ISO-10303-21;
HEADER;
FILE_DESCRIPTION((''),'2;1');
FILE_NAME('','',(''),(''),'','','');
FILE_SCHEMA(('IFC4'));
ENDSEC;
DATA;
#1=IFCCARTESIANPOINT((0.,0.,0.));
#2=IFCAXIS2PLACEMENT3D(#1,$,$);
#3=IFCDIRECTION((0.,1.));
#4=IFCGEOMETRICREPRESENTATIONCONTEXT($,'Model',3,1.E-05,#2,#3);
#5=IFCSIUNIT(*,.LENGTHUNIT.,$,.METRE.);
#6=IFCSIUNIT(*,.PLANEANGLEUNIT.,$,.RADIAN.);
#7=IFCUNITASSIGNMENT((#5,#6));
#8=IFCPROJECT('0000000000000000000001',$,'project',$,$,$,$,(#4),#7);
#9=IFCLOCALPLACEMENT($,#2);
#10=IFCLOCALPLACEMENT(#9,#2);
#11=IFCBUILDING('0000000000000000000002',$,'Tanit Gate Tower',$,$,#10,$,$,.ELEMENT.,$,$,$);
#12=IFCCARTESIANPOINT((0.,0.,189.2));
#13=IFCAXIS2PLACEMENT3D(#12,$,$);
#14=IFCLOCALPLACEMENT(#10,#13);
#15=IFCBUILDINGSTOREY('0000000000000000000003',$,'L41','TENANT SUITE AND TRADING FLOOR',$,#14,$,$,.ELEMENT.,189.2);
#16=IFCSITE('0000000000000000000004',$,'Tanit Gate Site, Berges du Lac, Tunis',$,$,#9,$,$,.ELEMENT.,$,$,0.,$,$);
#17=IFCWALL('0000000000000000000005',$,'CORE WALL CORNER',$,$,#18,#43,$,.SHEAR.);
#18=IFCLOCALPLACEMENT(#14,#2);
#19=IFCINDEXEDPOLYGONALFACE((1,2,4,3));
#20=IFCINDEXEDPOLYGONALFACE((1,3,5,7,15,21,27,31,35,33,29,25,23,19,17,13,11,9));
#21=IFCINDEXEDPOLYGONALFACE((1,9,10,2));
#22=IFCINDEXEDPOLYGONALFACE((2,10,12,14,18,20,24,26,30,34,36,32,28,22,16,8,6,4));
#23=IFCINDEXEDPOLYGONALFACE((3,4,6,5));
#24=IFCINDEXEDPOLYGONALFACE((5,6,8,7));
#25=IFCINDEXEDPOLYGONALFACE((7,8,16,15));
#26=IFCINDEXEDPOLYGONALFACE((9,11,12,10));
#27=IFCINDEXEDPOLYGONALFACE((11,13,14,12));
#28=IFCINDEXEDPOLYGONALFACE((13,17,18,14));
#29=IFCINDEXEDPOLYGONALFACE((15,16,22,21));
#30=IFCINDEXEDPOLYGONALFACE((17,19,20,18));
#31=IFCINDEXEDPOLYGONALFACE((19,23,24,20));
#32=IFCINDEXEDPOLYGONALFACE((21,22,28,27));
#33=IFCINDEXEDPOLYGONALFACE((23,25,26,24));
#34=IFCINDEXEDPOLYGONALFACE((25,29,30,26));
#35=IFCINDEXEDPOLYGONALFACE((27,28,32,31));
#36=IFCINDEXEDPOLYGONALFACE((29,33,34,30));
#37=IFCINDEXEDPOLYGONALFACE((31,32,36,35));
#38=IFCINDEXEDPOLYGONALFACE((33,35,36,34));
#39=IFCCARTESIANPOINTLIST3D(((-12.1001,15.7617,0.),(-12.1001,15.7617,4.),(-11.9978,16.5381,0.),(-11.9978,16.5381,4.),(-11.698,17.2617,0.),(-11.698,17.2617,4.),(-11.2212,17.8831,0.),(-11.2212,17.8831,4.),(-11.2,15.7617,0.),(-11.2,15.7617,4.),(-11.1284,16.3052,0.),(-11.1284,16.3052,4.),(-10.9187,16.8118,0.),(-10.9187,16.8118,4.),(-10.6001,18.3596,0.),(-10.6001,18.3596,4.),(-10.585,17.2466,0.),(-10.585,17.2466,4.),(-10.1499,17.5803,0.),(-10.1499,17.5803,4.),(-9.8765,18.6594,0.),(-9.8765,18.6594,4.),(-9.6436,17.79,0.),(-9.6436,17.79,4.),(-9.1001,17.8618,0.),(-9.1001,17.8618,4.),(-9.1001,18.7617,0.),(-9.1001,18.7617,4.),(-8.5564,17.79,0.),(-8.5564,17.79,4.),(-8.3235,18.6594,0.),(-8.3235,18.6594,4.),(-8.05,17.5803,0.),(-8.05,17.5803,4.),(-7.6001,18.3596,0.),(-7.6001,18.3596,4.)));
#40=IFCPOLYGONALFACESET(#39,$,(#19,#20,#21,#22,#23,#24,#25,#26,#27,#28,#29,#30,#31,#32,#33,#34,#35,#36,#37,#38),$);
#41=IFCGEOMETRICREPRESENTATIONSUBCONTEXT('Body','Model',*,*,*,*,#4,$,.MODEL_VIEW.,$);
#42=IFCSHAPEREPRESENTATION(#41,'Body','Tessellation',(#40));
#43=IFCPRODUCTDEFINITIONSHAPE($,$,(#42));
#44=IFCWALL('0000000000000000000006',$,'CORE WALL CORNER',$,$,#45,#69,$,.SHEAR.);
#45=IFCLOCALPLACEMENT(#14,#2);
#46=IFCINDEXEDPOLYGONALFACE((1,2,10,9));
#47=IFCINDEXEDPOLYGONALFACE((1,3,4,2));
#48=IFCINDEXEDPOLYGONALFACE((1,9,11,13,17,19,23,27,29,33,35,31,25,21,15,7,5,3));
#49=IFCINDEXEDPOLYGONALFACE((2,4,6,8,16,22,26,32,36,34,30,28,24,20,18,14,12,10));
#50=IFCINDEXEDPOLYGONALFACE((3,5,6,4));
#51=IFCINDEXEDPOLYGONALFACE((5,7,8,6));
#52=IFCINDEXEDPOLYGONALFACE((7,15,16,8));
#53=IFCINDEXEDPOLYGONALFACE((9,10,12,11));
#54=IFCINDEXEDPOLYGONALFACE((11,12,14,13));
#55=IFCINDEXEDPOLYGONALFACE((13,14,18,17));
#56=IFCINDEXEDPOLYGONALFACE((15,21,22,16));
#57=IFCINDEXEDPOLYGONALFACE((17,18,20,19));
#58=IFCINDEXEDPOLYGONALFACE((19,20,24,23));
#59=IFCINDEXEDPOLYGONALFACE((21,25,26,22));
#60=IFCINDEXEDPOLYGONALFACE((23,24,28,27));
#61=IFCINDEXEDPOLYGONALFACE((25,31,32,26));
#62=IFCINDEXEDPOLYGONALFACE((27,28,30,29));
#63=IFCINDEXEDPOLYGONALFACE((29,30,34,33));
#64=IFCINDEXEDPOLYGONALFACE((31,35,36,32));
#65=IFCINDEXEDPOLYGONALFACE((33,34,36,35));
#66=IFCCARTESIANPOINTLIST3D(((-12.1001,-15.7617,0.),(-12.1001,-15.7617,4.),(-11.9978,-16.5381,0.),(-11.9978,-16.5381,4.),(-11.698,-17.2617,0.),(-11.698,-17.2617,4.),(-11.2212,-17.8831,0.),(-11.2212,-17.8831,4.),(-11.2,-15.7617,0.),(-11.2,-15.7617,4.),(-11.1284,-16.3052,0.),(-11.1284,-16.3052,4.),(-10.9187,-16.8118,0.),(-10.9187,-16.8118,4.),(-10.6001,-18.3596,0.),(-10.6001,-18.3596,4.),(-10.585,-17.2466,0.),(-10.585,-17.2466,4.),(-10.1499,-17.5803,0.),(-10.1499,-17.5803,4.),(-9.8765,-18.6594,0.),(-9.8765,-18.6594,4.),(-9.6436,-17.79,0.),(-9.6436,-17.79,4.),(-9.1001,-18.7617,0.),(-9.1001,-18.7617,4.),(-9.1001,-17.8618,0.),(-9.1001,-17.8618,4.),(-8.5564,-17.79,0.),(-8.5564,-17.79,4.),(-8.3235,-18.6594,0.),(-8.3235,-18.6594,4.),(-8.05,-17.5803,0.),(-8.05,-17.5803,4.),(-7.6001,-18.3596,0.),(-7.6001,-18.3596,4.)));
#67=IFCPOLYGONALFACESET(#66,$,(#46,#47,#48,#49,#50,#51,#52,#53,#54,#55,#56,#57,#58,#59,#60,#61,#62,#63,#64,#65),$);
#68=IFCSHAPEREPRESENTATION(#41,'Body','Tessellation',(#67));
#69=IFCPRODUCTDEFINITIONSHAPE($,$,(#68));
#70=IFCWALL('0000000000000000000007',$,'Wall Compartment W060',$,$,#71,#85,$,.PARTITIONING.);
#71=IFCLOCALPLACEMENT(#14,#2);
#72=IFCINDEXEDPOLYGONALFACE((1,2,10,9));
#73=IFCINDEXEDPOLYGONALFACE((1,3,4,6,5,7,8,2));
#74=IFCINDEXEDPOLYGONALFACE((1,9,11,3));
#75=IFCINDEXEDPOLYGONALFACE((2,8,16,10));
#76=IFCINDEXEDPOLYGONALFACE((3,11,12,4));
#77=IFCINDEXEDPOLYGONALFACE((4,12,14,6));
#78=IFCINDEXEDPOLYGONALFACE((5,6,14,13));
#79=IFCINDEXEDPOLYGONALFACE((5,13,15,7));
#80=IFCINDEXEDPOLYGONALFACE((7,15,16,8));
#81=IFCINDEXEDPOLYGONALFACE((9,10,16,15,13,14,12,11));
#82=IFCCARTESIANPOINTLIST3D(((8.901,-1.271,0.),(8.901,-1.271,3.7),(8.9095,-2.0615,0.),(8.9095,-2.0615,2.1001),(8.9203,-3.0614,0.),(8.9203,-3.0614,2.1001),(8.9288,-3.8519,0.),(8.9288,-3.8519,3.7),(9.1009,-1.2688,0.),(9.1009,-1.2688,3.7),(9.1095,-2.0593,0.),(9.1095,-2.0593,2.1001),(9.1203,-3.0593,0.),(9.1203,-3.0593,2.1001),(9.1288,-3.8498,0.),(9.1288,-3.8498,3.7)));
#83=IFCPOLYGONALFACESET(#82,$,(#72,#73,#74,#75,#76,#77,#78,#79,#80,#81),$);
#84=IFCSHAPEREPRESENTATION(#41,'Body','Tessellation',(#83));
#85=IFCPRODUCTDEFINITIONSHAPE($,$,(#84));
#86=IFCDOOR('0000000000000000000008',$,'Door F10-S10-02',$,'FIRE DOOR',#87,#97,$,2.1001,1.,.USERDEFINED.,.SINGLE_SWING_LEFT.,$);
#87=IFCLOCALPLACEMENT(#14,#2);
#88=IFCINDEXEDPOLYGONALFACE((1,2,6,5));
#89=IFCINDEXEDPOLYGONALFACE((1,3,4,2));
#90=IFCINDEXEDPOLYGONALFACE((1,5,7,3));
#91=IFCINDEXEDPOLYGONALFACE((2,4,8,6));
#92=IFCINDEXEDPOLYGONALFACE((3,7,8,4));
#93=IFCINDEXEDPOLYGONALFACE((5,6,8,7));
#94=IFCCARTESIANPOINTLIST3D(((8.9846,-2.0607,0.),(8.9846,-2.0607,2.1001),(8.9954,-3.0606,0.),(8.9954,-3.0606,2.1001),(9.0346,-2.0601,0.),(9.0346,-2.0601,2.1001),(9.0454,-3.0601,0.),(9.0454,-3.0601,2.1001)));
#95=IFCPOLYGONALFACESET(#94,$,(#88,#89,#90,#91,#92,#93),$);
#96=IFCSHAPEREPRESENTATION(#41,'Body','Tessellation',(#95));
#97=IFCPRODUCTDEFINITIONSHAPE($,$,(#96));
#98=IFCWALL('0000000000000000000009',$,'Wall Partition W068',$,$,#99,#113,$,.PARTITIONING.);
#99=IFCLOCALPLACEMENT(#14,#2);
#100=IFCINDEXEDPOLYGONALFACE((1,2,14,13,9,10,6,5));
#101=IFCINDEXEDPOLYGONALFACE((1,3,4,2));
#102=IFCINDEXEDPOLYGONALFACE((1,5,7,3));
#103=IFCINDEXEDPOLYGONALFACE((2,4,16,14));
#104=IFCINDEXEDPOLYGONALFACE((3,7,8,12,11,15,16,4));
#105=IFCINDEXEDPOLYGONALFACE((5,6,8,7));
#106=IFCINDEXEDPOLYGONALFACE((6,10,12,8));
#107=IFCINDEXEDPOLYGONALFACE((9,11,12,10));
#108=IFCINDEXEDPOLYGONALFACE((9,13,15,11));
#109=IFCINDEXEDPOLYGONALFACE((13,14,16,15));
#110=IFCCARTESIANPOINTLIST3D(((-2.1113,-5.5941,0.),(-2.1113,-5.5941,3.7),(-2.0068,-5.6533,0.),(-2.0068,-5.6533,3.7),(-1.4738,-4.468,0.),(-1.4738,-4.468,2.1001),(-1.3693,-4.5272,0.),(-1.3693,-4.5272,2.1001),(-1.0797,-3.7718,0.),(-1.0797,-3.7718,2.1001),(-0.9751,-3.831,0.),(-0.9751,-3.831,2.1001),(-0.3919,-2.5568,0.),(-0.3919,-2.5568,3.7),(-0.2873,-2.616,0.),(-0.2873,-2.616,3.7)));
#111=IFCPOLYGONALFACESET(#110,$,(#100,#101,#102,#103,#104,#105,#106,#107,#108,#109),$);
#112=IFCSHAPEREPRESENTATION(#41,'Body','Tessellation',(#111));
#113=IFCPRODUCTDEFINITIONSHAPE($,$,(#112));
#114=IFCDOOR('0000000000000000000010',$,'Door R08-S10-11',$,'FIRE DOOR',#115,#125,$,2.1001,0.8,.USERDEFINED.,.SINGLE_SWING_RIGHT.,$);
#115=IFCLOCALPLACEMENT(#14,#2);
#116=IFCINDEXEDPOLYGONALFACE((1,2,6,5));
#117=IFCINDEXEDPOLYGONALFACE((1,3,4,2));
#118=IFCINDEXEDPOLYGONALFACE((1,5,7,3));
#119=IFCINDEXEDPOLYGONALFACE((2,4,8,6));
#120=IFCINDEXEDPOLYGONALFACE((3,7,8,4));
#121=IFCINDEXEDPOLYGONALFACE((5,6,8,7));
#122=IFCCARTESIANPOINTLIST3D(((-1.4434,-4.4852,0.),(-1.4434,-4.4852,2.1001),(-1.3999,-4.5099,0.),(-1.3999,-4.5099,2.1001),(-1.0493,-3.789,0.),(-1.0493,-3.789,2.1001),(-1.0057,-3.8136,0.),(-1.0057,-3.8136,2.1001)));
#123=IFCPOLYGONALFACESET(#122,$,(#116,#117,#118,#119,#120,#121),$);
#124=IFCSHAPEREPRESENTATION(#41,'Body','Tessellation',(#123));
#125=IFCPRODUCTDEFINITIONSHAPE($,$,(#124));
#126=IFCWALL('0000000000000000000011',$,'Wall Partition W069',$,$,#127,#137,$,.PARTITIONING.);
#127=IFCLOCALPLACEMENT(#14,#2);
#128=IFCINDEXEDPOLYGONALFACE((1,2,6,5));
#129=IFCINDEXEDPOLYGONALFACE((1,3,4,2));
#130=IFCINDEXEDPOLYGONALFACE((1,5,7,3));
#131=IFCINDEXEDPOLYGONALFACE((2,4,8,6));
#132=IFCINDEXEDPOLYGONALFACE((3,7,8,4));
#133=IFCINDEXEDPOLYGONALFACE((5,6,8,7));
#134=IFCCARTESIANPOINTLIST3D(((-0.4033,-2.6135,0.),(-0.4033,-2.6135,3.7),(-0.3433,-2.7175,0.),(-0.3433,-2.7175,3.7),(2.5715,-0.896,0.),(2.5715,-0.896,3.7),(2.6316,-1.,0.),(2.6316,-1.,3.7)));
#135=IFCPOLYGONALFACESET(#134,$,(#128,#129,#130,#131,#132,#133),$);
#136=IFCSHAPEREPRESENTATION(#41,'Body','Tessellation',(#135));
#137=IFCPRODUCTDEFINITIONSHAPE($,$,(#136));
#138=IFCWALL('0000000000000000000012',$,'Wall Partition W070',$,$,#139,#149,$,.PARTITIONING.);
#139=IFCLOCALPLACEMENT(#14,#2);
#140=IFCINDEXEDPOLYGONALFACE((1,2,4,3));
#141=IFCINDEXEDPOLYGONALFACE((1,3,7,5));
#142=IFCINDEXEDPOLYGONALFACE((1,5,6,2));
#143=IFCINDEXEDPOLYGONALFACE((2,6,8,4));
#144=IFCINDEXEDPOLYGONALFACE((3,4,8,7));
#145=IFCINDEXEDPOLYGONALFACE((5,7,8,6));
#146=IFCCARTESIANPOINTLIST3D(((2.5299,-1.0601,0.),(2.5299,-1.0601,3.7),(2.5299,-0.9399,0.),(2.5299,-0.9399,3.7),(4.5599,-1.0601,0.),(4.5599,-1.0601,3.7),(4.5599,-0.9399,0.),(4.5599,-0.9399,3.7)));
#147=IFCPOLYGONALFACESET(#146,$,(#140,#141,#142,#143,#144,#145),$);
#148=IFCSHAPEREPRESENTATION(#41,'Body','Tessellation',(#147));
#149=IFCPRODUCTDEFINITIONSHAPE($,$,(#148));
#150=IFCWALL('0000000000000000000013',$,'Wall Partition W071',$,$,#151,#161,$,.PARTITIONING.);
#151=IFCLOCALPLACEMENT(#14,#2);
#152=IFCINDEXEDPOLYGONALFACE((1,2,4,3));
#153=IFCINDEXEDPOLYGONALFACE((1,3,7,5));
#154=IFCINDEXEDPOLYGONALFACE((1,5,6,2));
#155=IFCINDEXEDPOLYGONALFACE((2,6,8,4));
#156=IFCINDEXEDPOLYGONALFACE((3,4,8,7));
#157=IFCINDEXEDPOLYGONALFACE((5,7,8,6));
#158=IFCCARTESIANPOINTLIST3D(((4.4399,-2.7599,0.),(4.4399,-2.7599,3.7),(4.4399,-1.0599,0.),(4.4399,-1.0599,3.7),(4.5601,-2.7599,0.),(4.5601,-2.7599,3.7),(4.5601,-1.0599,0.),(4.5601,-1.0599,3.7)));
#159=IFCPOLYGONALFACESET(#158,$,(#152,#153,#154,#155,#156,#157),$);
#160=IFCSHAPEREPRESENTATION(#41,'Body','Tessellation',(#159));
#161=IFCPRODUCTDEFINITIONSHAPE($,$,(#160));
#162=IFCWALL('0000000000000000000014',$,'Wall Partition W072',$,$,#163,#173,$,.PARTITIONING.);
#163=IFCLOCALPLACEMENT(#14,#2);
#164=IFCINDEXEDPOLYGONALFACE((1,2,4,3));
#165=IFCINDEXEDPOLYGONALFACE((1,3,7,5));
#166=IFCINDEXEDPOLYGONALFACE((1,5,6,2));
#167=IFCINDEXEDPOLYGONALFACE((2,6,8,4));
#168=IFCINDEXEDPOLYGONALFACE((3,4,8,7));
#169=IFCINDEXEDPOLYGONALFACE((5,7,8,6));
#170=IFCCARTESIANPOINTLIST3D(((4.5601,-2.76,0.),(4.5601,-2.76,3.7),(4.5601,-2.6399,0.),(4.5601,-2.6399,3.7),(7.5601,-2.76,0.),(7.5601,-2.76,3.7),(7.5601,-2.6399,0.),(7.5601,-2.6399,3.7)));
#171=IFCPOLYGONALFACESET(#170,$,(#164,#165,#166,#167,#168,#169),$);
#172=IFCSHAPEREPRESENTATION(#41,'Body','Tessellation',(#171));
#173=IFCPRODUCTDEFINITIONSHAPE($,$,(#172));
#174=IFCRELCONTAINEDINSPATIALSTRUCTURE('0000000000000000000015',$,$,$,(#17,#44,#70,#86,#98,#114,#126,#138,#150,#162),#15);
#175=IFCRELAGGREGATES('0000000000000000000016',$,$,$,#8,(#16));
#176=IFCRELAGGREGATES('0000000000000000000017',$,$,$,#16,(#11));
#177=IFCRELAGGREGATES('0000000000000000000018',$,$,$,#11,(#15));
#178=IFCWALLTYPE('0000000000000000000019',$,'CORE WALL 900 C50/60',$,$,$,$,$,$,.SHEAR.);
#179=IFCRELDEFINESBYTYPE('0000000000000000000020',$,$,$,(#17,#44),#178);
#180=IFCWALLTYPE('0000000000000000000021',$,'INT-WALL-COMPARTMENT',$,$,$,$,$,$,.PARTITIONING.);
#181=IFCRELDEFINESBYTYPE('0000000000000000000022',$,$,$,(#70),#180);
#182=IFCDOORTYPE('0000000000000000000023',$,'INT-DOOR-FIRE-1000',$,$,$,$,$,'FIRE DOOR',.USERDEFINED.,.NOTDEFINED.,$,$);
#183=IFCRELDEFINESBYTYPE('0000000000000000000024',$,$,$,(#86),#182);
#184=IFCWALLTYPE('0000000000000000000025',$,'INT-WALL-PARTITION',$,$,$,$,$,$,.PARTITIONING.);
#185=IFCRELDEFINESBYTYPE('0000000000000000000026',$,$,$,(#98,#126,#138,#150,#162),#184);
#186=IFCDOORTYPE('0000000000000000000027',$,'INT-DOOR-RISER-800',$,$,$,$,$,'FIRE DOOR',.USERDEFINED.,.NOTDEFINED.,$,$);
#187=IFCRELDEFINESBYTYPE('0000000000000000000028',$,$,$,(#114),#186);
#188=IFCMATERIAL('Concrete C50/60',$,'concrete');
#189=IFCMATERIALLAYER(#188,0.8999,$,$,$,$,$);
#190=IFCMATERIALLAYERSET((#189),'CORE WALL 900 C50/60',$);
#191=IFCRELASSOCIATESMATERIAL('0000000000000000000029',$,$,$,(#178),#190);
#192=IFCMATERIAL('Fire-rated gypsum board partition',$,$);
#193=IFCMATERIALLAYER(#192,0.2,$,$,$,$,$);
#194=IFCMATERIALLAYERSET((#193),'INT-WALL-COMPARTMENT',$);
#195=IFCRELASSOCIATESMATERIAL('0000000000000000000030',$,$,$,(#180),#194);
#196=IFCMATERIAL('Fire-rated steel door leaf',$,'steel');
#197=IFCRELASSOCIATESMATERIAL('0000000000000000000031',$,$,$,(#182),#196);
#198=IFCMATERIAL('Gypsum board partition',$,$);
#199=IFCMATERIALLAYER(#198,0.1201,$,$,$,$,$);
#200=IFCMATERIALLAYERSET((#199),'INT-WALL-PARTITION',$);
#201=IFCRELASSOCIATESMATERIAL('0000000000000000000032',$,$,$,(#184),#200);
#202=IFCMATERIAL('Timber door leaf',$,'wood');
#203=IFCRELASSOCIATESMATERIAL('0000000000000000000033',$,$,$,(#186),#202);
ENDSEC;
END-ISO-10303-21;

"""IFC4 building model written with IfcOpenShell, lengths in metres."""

from ifc_helpers import new_model, si_unit, direction, frame, frame_2d, origin, place, context, subcontext, project, spatial, polyline, rectangle, outline, extrude, material, layer, layer_set, type_object, element, fill, save


model = new_model("IFC4")

# Units and contexts
model_context = context("Model", 3, precision=1e-05, world=origin(), true_north=direction((0.0, 1.0)))
body_context = subcontext(model_context, "Body", "Model", "MODEL_VIEW")
ifc_project = project(units=[si_unit("LENGTHUNIT", "METRE"), si_unit("PLANEANGLEUNIT", "RADIAN")], contexts=[model_context])

# Site, building, storey
site_placement = place(None, origin())
site = spatial("IfcSite", under=ifc_project, at=site_placement, Name="Tanit Gate Site, Berges du Lac, Tunis", CompositionType="ELEMENT", RefElevation=0.0)
building_placement = place(site_placement, origin())
building = spatial("IfcBuilding", under=site, at=building_placement, Name="Tanit Gate Tower", CompositionType="ELEMENT")
storey_placement = place(building_placement, frame((0.0, 0.0, 189.2)))
storey = spatial("IfcBuildingStorey", under=building, at=storey_placement, Name="L41", Description="TENANT SUITE AND TRADING FLOOR", CompositionType="ELEMENT", Elevation=189.2)

# Walls
ifc_material_1 = material(Name="Concrete C50/60", Category="concrete")
ifc_layer_1 = layer(ifc_material_1, 0.8999)
ifc_layer_set_1 = layer_set([ifc_layer_1], Name="CORE WALL 900 C50/60")
wall_type_1 = type_object("IfcWallType", Name="CORE WALL 900 C50/60", PredefinedType="SHEAR", material=ifc_layer_set_1)
wall_1_placement = place(storey_placement, origin())
element("IfcWall", 1, at=wall_1_placement, inside=storey, type_object=wall_type_1, Name="CORE WALL CORNER", PredefinedType="SHEAR", context=body_context, shape_type="SweptSolid", body=[
    extrude(outline(polyline([(-7.6001, 18.3596), (-8.3235, 18.6594), (-9.1001, 18.7617), (-9.8765, 18.6594), (-10.6001, 18.3596), (-11.2212, 17.8831), (-11.698, 17.2617), (-11.9978, 16.5381), (-12.1001, 15.7617), (-11.2, 15.7617), (-11.1284, 16.3052), (-10.9187, 16.8118), (-10.585, 17.2466), (-10.1499, 17.5803), (-9.6436, 17.79), (-9.1001, 17.8618), (-8.5564, 17.79), (-8.05, 17.5803), (-7.6001, 18.3596)])), origin(), (0.0, 0.0, 1.0), 4.0),
])
wall_2_placement = place(storey_placement, origin())
element("IfcWall", 2, at=wall_2_placement, inside=storey, type_object=wall_type_1, Name="CORE WALL CORNER", PredefinedType="SHEAR", context=body_context, shape_type="SweptSolid", body=[
    extrude(outline(polyline([(-12.1001, -15.7617), (-11.9978, -16.5381), (-11.698, -17.2617), (-11.2212, -17.8831), (-10.6001, -18.3596), (-9.8765, -18.6594), (-9.1001, -18.7617), (-8.3235, -18.6594), (-7.6001, -18.3596), (-8.05, -17.5803), (-8.5564, -17.79), (-9.1001, -17.8618), (-9.6436, -17.79), (-10.1499, -17.5803), (-10.585, -17.2466), (-10.9187, -16.8118), (-11.1284, -16.3052), (-11.2, -15.7617), (-12.1001, -15.7617)])), origin(), (0.0, 0.0, 1.0), 4.0),
])

# Walls, openings, doors
ifc_material_2 = material(Name="Fire-rated gypsum board partition")
ifc_layer_2 = layer(ifc_material_2, 0.2)
ifc_layer_set_2 = layer_set([ifc_layer_2], Name="INT-WALL-COMPARTMENT")
wall_type_2 = type_object("IfcWallType", Name="INT-WALL-COMPARTMENT", PredefinedType="PARTITIONING", material=ifc_layer_set_2)
wall_3_placement = place(storey_placement, frame((9.0288, -3.8508, 0.0), z_axis=(0.0, 0.0, 1.0), x_axis=(-0.010784, 0.999942, 0.0)))
wall_3 = element("IfcWall", 3, at=wall_3_placement, inside=storey, type_object=wall_type_2, Name="Wall Compartment W060", PredefinedType="PARTITIONING", context=body_context, shape_type="SweptSolid", body=[
    extrude(rectangle(XDim=2.5811, YDim=0.2, at=frame_2d((1.2905, 0.0))), origin(), (0.0, 0.0, 1.0), 3.7),
])
opening_1_placement = place(wall_3_placement, frame((0.7905, 0.0, 0.0)))
opening_1 = element("IfcOpeningElement", 4, at=opening_1_placement, cuts=wall_3, PredefinedType="OPENING", context=body_context, shape_type="SweptSolid", body=[
    extrude(rectangle(XDim=1.0, YDim=2.1001, at=frame_2d((0.5, 1.05))), frame((0.0, 0.1099, 0.0), z_axis=(0.0, -1.0, 0.0), x_axis=(1.0, 0.0, 0.0)), (0.0, 0.0, 1.0), 0.22),
])
ifc_material_3 = material(Name="Fire-rated steel door leaf", Category="steel")
door_type_1 = type_object("IfcDoorType", Name="INT-DOOR-FIRE-1000", ElementType="FIRE DOOR", OperationType="NOTDEFINED", PredefinedType="USERDEFINED", material=ifc_material_3)
door_1_placement = place(opening_1_placement, origin())
door_1 = element("IfcDoor", 5, at=door_1_placement, inside=storey, type_object=door_type_1, Name="Door F10-S10-02", ObjectType="FIRE DOOR", OperationType="SINGLE_SWING_LEFT", OverallHeight=2.1001, OverallWidth=1.0, PredefinedType="USERDEFINED", context=body_context, shape_type="SweptSolid", body=[
    extrude(rectangle(XDim=1.0, YDim=2.1001, at=frame_2d((0.5, 1.05))), frame((0.0, 0.0249, 0.0), z_axis=(0.0, -1.0, 0.0), x_axis=(1.0, 0.0, 0.0)), (0.0, 0.0, 1.0), 0.05),
])
fill(opening_1, door_1)
ifc_material_4 = material(Name="Gypsum board partition")
ifc_layer_3 = layer(ifc_material_4, 0.1201)
ifc_layer_set_3 = layer_set([ifc_layer_3], Name="INT-WALL-PARTITION")
wall_type_3 = type_object("IfcWallType", Name="INT-WALL-PARTITION", PredefinedType="PARTITIONING", material=ifc_layer_set_3)
wall_4_placement = place(storey_placement, frame((-0.3396, -2.5864, 0.0), z_axis=(0.0, 0.0, 1.0), x_axis=(-0.492647, -0.870229, 0.0)))
wall_4 = element("IfcWall", 6, at=wall_4_placement, inside=storey, type_object=wall_type_3, Name="Wall Partition W068", PredefinedType="PARTITIONING", context=body_context, shape_type="SweptSolid", body=[
    extrude(rectangle(XDim=3.4902, YDim=0.1201, at=frame_2d((1.7451, 0.0))), origin(), (0.0, 0.0, 1.0), 3.7),
])
opening_2_placement = place(wall_4_placement, frame((1.3962, 0.0, 0.0)))
opening_2 = element("IfcOpeningElement", 7, at=opening_2_placement, cuts=wall_4, PredefinedType="OPENING", context=body_context, shape_type="SweptSolid", body=[
    extrude(rectangle(XDim=0.8, YDim=2.1001, at=frame_2d((0.3999, 1.05))), frame((0.0, 0.0701, 0.0), z_axis=(0.0, -1.0, 0.0), x_axis=(1.0, 0.0, 0.0)), (0.0, 0.0, 1.0), 0.1401),
])
ifc_material_5 = material(Name="Timber door leaf", Category="wood")
door_type_2 = type_object("IfcDoorType", Name="INT-DOOR-RISER-800", ElementType="FIRE DOOR", OperationType="NOTDEFINED", PredefinedType="USERDEFINED", material=ifc_material_5)
door_2_placement = place(opening_2_placement, origin())
door_2 = element("IfcDoor", 8, at=door_2_placement, inside=storey, type_object=door_type_2, Name="Door R08-S10-11", ObjectType="FIRE DOOR", OperationType="SINGLE_SWING_RIGHT", OverallHeight=2.1001, OverallWidth=0.8, PredefinedType="USERDEFINED", context=body_context, shape_type="SweptSolid", body=[
    extrude(rectangle(XDim=0.8, YDim=2.1001, at=frame_2d((0.3999, 1.05))), frame((0.0, 0.0249, 0.0), z_axis=(0.0, -1.0, 0.0), x_axis=(1.0, 0.0, 0.0)), (0.0, 0.0, 1.0), 0.05),
])
fill(opening_2, door_2)

# Walls
wall_5_placement = place(storey_placement, frame((2.6016, -0.948, 0.0), z_axis=(0.0, 0.0, 1.0), x_axis=(-0.866026, -0.499999, 0.0)))
element("IfcWall", 9, at=wall_5_placement, inside=storey, type_object=wall_type_3, Name="Wall Partition W069", PredefinedType="PARTITIONING", context=body_context, shape_type="SweptSolid", body=[
    extrude(rectangle(XDim=3.4351, YDim=0.1201, at=frame_2d((1.7175, 0.0))), origin(), (0.0, 0.0, 1.0), 3.7),
])
wall_6_placement = place(storey_placement, frame((4.5601, -1.0, 0.0), z_axis=(0.0, 0.0, 1.0), x_axis=(-1.0, 0.0, 0.0)))
element("IfcWall", 10, at=wall_6_placement, inside=storey, type_object=wall_type_3, Name="Wall Partition W070", PredefinedType="PARTITIONING", context=body_context, shape_type="SweptSolid", body=[
    extrude(rectangle(XDim=2.03, YDim=0.1201, at=frame_2d((1.0151, 0.0))), origin(), (0.0, 0.0, 1.0), 3.7),
])
wall_7_placement = place(storey_placement, frame((4.5, -2.76, 0.0), z_axis=(0.0, 0.0, 1.0), x_axis=(0.0, 1.0, 0.0)))
element("IfcWall", 11, at=wall_7_placement, inside=storey, type_object=wall_type_3, Name="Wall Partition W071", PredefinedType="PARTITIONING", context=body_context, shape_type="SweptSolid", body=[
    extrude(rectangle(XDim=1.7, YDim=0.1201, at=frame_2d((0.8501, 0.0))), origin(), (0.0, 0.0, 1.0), 3.7),
])
wall_8_placement = place(storey_placement, frame((7.5601, -2.7, 0.0), z_axis=(0.0, 0.0, 1.0), x_axis=(-1.0, 0.0, 0.0)))
element("IfcWall", 12, at=wall_8_placement, inside=storey, type_object=wall_type_3, Name="Wall Partition W072", PredefinedType="PARTITIONING", context=body_context, shape_type="SweptSolid", body=[
    extrude(rectangle(XDim=3.0, YDim=0.1201, at=frame_2d((1.5, 0.0))), origin(), (0.0, 0.0, 1.0), 3.7),
])

save(model, "model.ifc")
